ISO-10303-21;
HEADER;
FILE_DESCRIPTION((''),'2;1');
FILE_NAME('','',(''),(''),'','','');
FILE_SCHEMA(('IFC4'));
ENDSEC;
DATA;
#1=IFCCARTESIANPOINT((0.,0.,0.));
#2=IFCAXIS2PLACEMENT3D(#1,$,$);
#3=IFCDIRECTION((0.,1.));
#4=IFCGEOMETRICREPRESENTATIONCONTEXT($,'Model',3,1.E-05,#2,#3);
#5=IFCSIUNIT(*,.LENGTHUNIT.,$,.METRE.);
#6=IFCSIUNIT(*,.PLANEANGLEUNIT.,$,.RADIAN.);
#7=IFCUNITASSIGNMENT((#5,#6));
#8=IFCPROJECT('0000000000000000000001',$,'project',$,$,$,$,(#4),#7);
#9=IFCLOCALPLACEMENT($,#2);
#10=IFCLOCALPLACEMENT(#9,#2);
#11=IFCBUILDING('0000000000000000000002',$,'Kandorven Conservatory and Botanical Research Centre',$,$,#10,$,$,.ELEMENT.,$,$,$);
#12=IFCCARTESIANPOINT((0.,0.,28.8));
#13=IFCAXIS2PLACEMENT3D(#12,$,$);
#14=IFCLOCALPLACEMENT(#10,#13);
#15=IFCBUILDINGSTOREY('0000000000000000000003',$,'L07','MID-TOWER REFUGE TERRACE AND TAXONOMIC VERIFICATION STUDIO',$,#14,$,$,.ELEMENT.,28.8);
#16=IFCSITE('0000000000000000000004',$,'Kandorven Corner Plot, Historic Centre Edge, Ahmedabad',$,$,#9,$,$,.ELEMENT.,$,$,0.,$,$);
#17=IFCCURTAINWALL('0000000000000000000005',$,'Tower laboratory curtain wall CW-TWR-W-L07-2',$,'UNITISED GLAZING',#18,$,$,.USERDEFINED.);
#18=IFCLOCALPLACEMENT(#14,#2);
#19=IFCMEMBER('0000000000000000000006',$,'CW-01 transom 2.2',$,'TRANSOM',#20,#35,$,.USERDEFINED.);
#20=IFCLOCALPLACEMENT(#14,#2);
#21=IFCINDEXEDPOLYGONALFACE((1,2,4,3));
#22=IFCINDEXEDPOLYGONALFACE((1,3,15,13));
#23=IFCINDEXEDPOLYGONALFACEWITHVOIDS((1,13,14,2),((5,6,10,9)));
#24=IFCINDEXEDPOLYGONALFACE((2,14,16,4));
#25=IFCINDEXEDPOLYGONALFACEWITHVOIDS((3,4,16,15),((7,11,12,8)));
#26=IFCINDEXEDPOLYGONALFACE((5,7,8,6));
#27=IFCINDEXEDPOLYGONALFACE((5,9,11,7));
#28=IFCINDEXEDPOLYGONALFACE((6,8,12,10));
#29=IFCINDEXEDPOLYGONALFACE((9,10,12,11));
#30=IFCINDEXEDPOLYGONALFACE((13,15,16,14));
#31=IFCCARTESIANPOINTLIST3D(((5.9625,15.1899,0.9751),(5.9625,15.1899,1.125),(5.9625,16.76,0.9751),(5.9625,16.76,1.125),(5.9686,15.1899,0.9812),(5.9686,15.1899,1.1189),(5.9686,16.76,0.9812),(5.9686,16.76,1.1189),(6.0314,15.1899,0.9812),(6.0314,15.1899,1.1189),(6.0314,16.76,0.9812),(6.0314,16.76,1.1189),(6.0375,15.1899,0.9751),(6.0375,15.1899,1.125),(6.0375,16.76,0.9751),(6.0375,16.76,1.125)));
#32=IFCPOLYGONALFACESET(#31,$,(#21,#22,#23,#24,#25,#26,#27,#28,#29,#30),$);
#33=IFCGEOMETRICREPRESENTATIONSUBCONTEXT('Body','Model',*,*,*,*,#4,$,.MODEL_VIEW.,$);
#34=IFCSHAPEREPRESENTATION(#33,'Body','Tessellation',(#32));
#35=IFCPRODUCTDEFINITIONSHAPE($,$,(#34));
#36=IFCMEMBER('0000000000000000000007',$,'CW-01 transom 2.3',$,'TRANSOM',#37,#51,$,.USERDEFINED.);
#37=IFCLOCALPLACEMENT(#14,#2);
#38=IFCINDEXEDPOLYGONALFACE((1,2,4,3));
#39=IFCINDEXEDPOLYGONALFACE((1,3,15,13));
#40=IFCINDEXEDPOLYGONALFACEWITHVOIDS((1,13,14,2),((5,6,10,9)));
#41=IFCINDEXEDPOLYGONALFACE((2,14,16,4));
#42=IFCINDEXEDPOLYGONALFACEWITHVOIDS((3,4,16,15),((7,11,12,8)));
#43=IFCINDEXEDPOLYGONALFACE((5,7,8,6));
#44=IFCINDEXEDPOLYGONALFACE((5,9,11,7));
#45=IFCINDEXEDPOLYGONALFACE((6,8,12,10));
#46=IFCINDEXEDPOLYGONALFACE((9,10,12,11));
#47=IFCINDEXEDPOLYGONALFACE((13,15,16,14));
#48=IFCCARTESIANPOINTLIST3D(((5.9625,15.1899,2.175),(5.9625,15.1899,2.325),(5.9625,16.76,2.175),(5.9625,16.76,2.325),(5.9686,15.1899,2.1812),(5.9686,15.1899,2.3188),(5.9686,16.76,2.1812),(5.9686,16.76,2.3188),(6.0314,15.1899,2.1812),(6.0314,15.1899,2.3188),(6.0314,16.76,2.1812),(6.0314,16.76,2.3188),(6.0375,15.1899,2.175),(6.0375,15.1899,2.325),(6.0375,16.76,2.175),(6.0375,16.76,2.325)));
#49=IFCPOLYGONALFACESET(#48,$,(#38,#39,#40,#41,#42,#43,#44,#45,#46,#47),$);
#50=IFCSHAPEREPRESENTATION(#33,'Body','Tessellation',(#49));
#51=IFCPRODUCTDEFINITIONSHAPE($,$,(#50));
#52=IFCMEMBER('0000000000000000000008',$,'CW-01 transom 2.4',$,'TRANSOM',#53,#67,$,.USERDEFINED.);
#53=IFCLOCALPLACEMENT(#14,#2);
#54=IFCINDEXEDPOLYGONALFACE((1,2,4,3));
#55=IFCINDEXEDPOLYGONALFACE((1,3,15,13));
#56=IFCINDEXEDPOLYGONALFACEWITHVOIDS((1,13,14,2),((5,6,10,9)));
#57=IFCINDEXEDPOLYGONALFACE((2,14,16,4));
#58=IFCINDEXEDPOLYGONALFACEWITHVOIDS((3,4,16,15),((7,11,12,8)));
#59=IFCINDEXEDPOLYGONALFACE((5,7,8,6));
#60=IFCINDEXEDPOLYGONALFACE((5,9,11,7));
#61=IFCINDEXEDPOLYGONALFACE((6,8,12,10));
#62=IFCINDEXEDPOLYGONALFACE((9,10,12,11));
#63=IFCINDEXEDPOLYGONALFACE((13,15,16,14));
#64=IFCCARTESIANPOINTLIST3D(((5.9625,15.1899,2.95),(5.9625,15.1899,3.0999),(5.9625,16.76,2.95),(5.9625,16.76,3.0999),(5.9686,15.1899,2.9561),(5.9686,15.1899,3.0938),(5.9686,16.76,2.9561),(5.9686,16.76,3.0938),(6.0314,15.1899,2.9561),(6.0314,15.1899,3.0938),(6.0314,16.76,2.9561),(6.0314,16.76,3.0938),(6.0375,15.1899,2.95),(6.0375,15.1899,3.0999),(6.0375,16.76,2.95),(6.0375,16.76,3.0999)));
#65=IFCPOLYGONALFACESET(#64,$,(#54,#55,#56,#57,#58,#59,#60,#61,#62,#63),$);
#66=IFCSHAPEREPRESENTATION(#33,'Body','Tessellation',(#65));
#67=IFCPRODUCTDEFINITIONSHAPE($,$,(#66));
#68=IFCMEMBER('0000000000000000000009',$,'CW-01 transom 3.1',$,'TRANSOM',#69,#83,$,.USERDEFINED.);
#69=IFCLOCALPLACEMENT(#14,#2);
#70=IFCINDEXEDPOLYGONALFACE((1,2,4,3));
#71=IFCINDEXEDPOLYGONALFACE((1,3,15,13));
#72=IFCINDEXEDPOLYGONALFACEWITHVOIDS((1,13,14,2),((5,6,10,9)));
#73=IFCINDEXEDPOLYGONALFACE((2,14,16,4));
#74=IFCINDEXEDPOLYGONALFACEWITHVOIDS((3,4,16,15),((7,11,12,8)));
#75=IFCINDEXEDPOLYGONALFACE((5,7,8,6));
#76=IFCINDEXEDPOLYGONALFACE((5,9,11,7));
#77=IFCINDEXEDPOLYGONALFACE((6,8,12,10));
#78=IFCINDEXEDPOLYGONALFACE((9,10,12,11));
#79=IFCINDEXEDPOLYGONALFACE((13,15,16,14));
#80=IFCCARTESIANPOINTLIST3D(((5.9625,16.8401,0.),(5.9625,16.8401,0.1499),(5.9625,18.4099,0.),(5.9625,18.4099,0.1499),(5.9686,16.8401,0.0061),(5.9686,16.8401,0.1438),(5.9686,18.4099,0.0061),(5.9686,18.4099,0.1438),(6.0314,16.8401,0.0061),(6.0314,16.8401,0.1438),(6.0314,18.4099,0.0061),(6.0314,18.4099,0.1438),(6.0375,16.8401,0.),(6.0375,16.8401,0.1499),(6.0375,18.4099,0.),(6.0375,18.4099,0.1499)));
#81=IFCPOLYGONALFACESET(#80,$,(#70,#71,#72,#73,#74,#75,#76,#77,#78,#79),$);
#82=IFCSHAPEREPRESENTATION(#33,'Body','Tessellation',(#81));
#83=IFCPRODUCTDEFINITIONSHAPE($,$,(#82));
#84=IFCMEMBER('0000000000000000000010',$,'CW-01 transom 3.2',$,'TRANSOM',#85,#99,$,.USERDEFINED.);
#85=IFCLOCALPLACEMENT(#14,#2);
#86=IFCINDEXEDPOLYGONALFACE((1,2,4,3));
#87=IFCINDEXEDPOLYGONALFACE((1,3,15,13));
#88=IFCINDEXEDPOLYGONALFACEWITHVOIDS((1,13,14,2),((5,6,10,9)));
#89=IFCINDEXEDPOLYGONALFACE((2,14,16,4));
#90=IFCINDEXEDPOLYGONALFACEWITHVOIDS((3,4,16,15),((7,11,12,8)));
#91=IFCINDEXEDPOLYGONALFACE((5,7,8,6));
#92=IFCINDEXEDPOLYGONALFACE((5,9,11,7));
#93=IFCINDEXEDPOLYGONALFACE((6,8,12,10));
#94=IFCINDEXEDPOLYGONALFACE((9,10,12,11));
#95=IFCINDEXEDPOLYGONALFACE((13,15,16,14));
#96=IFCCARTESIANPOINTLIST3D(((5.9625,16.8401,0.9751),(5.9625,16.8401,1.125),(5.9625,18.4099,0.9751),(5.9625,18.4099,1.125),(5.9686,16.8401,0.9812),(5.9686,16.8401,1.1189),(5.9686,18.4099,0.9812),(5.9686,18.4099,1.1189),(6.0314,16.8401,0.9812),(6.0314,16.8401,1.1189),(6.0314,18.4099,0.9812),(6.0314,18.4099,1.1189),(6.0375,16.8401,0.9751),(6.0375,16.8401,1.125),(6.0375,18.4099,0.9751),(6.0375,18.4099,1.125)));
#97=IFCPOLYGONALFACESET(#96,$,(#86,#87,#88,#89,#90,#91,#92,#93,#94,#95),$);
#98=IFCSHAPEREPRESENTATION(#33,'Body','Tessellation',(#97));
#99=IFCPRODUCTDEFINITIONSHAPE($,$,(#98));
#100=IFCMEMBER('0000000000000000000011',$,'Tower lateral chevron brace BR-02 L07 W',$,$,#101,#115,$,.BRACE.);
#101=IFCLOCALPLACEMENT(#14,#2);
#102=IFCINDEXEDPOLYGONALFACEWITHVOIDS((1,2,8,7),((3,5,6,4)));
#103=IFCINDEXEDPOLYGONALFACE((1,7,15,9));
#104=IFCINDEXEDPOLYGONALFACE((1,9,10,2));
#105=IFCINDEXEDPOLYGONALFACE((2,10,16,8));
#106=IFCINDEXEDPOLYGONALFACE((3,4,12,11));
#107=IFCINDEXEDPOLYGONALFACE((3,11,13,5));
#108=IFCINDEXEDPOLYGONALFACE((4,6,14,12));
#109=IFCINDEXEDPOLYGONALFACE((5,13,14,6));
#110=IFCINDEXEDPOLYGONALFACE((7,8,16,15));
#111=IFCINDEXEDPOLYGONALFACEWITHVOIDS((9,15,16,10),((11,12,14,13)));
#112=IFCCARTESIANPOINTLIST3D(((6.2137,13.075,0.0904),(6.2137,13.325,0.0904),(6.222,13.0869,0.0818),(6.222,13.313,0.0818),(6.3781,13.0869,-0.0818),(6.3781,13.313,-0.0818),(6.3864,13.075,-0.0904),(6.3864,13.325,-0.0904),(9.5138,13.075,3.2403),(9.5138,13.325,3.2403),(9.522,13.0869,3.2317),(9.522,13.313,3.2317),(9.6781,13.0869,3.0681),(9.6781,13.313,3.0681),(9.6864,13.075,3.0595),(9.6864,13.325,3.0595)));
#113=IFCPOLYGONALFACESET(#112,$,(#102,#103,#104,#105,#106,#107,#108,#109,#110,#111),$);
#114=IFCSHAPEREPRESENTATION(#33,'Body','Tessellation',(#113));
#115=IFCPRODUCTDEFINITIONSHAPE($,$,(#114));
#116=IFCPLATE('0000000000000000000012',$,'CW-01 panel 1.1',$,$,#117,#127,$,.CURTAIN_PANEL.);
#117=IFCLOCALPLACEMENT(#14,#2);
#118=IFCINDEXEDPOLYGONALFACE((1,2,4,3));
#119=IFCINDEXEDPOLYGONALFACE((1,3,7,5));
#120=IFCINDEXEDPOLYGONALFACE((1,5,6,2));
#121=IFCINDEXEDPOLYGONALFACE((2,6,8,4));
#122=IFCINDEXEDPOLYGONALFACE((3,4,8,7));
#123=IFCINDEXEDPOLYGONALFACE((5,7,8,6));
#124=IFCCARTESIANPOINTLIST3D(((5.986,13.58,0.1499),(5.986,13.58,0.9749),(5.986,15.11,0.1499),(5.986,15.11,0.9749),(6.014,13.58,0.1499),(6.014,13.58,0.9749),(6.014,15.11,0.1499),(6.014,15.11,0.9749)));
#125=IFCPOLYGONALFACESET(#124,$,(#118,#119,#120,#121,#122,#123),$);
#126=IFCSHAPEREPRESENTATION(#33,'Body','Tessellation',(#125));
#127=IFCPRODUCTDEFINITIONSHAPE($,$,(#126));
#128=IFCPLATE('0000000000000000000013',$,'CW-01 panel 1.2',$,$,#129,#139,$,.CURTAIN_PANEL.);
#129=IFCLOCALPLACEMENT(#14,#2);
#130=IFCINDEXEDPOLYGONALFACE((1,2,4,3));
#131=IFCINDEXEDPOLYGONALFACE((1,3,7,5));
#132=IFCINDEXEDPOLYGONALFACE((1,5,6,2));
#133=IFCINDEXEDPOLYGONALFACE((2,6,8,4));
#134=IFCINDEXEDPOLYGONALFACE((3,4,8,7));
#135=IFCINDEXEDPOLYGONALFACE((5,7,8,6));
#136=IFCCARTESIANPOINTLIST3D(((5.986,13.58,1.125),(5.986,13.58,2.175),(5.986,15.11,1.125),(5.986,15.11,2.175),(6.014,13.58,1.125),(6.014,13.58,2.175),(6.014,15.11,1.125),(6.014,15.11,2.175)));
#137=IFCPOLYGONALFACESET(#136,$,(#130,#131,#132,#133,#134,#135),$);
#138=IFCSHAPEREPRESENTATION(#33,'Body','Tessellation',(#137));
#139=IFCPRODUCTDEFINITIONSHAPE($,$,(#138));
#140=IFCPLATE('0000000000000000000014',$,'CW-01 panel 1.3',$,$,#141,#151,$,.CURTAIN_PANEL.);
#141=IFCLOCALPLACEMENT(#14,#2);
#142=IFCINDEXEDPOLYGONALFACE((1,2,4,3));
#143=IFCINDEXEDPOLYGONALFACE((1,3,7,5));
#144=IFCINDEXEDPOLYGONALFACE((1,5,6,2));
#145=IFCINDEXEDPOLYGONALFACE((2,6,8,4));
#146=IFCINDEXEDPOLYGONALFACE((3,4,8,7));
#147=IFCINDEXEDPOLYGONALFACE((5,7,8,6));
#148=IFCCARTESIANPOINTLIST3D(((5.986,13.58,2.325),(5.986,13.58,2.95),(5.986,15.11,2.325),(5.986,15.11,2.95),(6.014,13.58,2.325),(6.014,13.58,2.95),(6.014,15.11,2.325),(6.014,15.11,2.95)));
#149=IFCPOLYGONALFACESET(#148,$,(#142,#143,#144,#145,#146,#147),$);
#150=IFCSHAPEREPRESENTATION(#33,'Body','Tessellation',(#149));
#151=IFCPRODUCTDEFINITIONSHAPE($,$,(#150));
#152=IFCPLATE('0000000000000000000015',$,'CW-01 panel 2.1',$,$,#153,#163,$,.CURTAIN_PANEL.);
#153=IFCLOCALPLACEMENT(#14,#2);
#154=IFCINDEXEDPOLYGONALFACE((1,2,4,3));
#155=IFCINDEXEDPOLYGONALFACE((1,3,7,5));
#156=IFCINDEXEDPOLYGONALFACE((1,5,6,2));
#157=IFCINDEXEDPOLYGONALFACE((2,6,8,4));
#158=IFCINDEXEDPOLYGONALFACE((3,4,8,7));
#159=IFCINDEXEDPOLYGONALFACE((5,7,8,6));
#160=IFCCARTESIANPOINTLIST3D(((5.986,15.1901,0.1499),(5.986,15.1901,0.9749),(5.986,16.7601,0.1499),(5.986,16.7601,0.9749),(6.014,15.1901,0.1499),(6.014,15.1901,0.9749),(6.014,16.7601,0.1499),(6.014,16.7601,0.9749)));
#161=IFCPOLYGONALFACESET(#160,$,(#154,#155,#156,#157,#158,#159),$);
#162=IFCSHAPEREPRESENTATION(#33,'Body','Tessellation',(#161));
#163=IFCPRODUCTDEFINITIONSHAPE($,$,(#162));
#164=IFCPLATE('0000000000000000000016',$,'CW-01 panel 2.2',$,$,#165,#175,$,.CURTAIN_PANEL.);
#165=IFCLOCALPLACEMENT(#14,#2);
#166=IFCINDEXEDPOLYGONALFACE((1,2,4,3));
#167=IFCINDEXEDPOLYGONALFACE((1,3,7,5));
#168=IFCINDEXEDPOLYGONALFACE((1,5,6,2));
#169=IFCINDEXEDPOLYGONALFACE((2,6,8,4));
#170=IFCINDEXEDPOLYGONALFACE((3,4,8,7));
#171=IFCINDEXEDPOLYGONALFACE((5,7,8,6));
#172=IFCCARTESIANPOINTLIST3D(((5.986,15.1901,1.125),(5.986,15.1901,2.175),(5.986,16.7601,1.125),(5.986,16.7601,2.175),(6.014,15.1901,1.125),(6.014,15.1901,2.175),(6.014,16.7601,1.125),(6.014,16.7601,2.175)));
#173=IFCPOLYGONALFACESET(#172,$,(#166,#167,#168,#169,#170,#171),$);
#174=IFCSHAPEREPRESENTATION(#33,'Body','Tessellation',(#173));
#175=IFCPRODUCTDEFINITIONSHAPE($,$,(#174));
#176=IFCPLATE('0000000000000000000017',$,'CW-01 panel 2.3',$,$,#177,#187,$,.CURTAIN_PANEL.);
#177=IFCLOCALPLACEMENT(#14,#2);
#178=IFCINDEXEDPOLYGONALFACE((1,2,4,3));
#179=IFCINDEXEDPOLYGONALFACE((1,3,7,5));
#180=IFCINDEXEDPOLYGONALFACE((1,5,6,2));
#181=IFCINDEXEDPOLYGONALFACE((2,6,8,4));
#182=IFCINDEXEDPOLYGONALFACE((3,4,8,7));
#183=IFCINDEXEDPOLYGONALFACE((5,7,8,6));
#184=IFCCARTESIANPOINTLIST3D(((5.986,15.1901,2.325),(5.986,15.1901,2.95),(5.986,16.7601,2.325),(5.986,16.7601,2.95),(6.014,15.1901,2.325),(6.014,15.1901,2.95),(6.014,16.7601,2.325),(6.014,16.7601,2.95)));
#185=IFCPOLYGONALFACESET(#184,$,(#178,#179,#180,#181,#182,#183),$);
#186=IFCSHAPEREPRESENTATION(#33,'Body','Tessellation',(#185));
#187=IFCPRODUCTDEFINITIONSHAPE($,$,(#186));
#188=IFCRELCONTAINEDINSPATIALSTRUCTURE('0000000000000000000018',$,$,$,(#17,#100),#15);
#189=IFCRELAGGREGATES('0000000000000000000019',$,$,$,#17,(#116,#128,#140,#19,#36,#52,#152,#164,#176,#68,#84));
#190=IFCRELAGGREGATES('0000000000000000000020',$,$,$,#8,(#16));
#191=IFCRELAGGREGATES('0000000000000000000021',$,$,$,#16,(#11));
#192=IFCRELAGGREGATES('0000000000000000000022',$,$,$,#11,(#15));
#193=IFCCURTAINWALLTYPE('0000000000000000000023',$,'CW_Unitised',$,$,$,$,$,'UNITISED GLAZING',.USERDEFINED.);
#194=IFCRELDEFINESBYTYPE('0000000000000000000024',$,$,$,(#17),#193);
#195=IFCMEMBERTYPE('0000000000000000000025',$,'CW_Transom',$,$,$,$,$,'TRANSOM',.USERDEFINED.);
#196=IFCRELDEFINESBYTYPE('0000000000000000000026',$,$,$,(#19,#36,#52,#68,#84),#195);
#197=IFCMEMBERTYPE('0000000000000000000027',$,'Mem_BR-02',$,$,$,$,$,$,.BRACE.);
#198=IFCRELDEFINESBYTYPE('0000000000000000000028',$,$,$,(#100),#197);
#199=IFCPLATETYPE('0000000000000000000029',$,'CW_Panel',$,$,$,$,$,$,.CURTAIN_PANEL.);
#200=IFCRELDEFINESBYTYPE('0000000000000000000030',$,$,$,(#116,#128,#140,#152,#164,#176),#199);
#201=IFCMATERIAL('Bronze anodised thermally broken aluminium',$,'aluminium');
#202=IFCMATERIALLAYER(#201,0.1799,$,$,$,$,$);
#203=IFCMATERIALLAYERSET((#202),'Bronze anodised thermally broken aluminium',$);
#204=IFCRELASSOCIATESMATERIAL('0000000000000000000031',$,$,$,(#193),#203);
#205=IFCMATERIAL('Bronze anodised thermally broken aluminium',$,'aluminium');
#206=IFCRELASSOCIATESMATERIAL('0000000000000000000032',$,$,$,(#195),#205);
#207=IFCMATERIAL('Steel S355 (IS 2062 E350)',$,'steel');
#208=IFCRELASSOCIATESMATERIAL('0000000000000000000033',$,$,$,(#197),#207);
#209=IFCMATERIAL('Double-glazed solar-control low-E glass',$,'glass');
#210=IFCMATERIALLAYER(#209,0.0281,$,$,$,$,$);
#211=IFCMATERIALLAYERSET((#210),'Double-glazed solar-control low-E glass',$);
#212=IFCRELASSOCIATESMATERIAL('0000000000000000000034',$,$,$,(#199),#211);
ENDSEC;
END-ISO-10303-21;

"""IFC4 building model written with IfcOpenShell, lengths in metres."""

from ifc_helpers import new_model, si_unit, direction, frame, origin, origin_2d, place, context, subcontext, project, spatial, rectangle, hollow_rectangle, extrude, material, layer, layer_set, material_profile, profile_set, type_object, element, aggregate, save


model = new_model("IFC4")

# Units and contexts
model_context = context("Model", 3, precision=1e-05, world=origin(), true_north=direction((0.0, 1.0)))
body_context = subcontext(model_context, "Body", "Model", "MODEL_VIEW")
ifc_project = project(units=[si_unit("LENGTHUNIT", "METRE"), si_unit("PLANEANGLEUNIT", "RADIAN")], contexts=[model_context])

# Site, building, storey
site_placement = place(None, origin())
site = spatial("IfcSite", under=ifc_project, at=site_placement, Name="Kandorven Corner Plot, Historic Centre Edge, Ahmedabad", CompositionType="ELEMENT", RefElevation=0.0)
building_placement = place(site_placement, origin())
building = spatial("IfcBuilding", under=site, at=building_placement, Name="Kandorven Conservatory and Botanical Research Centre", CompositionType="ELEMENT")
storey_placement = place(building_placement, frame((0.0, 0.0, 28.8)))
storey = spatial("IfcBuildingStorey", under=building, at=storey_placement, Name="L07", Description="MID-TOWER REFUGE TERRACE AND TAXONOMIC VERIFICATION STUDIO", CompositionType="ELEMENT", Elevation=28.8)

# Curtain wall, members
ifc_material_1 = material(Name="Bronze anodised thermally broken aluminium", Category="aluminium")
ifc_layer_1 = layer(ifc_material_1, 0.1799)
ifc_layer_set_1 = layer_set([ifc_layer_1], Name="Bronze anodised thermally broken aluminium")
curtain_wall_type = type_object("IfcCurtainWallType", Name="CW_Unitised", ElementType="UNITISED GLAZING", PredefinedType="USERDEFINED", material=ifc_layer_set_1)
curtain_wall_placement = place(storey_placement, origin())
curtain_wall = element("IfcCurtainWall", 1, at=curtain_wall_placement, inside=storey, type_object=curtain_wall_type, Name="Tower laboratory curtain wall CW-TWR-W-L07-2", ObjectType="UNITISED GLAZING", PredefinedType="USERDEFINED")
ifc_material_2 = material(Name="Bronze anodised thermally broken aluminium", Category="aluminium")
ifc_material_profile_1 = material_profile(ifc_material_2, hollow_rectangle(XDim=0.075, YDim=0.1499, WallThickness=0.0061, at=origin_2d()))
ifc_profile_set_1 = profile_set([ifc_material_profile_1], Name="Bronze anodised thermally broken aluminium")
member_type_1 = type_object("IfcMemberType", Name="CW_Transom", ElementType="TRANSOM", PredefinedType="USERDEFINED", material=ifc_profile_set_1)
member_1_placement = place(storey_placement, frame((6.0, 15.1899, 1.05), z_axis=(0.0, 1.0, 0.0), x_axis=(-1.0, 0.0, 0.0)))
member_1 = element("IfcMember", 2, at=member_1_placement, type_object=member_type_1, Name="CW-01 transom 2.2", ObjectType="TRANSOM", PredefinedType="USERDEFINED", context=body_context, shape_type="SweptSolid", body=[
    extrude(hollow_rectangle(XDim=0.075, YDim=0.1499, WallThickness=0.0061, at=origin_2d()), origin(), (0.0, 0.0, 1.0), 1.5701),
])
member_2_placement = place(storey_placement, frame((6.0, 15.1899, 2.25), z_axis=(0.0, 1.0, 0.0), x_axis=(-1.0, 0.0, 0.0)))
member_2 = element("IfcMember", 3, at=member_2_placement, type_object=member_type_1, Name="CW-01 transom 2.3", ObjectType="TRANSOM", PredefinedType="USERDEFINED", context=body_context, shape_type="SweptSolid", body=[
    extrude(hollow_rectangle(XDim=0.075, YDim=0.1499, WallThickness=0.0061, at=origin_2d()), origin(), (0.0, 0.0, 1.0), 1.5701),
])
member_3_placement = place(storey_placement, frame((6.0, 15.1899, 3.0249), z_axis=(0.0, 1.0, 0.0), x_axis=(-1.0, 0.0, 0.0)))
member_3 = element("IfcMember", 4, at=member_3_placement, type_object=member_type_1, Name="CW-01 transom 2.4", ObjectType="TRANSOM", PredefinedType="USERDEFINED", context=body_context, shape_type="SweptSolid", body=[
    extrude(hollow_rectangle(XDim=0.075, YDim=0.1499, WallThickness=0.0061, at=origin_2d()), origin(), (0.0, 0.0, 1.0), 1.5701),
])
member_4_placement = place(storey_placement, frame((6.0, 16.8401, 0.075), z_axis=(0.0, 1.0, 0.0), x_axis=(-1.0, 0.0, 0.0)))
member_4 = element("IfcMember", 5, at=member_4_placement, type_object=member_type_1, Name="CW-01 transom 3.1", ObjectType="TRANSOM", PredefinedType="USERDEFINED", context=body_context, shape_type="SweptSolid", body=[
    extrude(hollow_rectangle(XDim=0.075, YDim=0.1499, WallThickness=0.0061, at=origin_2d()), origin(), (0.0, 0.0, 1.0), 1.5698),
])
member_5_placement = place(storey_placement, frame((6.0, 16.8401, 1.05), z_axis=(0.0, 1.0, 0.0), x_axis=(-1.0, 0.0, 0.0)))
member_5 = element("IfcMember", 6, at=member_5_placement, type_object=member_type_1, Name="CW-01 transom 3.2", ObjectType="TRANSOM", PredefinedType="USERDEFINED", context=body_context, shape_type="SweptSolid", body=[
    extrude(hollow_rectangle(XDim=0.075, YDim=0.1499, WallThickness=0.0061, at=origin_2d()), origin(), (0.0, 0.0, 1.0), 1.5698),
])

# Member
ifc_material_3 = material(Name="Steel S355 (IS 2062 E350)", Category="steel")
ifc_material_profile_2 = material_profile(ifc_material_3, hollow_rectangle(XDim=0.25, YDim=0.25, WallThickness=0.012, at=origin_2d()))
ifc_profile_set_2 = profile_set([ifc_material_profile_2], Name="Steel S355 (IS 2062 E350)")
member_type_2 = type_object("IfcMemberType", Name="Mem_BR-02", PredefinedType="BRACE", material=ifc_profile_set_2)
member_6_placement = place(storey_placement, frame((6.3, 13.2, 0.0), z_axis=(0.723371, 0.0, 0.690459), x_axis=(0.0, 1.0, 0.0)))
element("IfcMember", 7, at=member_6_placement, inside=storey, type_object=member_type_2, Name="Tower lateral chevron brace BR-02 L07 W", PredefinedType="BRACE", context=body_context, shape_type="SweptSolid", body=[
    extrude(hollow_rectangle(XDim=0.25, YDim=0.25, WallThickness=0.012, at=origin_2d()), origin(), (0.0, 0.0, 1.0), 4.562),
])

# Plates
ifc_material_4 = material(Name="Double-glazed solar-control low-E glass", Category="glass")
ifc_layer_2 = layer(ifc_material_4, 0.0281)
ifc_layer_set_2 = layer_set([ifc_layer_2], Name="Double-glazed solar-control low-E glass")
plate_type_1 = type_object("IfcPlateType", Name="CW_Panel", PredefinedType="CURTAIN_PANEL", material=ifc_layer_set_2)
plate_1_placement = place(storey_placement, frame((6.0, 14.345, 0.1499), z_axis=(0.0, 0.0, 1.0), x_axis=(0.0, 1.0, 0.0)))
plate_1 = element("IfcPlate", 8, at=plate_1_placement, type_object=plate_type_1, Name="CW-01 panel 1.1", PredefinedType="CURTAIN_PANEL", context=body_context, shape_type="SweptSolid", body=[
    extrude(rectangle(XDim=1.53, YDim=0.0281, at=origin_2d()), origin(), (0.0, 0.0, 1.0), 0.825),
])
plate_2_placement = place(storey_placement, frame((6.0, 14.345, 1.125), z_axis=(0.0, 0.0, 1.0), x_axis=(0.0, 1.0, 0.0)))
plate_2 = element("IfcPlate", 9, at=plate_2_placement, type_object=plate_type_1, Name="CW-01 panel 1.2", PredefinedType="CURTAIN_PANEL", context=body_context, shape_type="SweptSolid", body=[
    extrude(rectangle(XDim=1.53, YDim=0.0281, at=origin_2d()), origin(), (0.0, 0.0, 1.0), 1.05),
])
plate_3_placement = place(storey_placement, frame((6.0, 14.345, 2.325), z_axis=(0.0, 0.0, 1.0), x_axis=(0.0, 1.0, 0.0)))
plate_3 = element("IfcPlate", 10, at=plate_3_placement, type_object=plate_type_1, Name="CW-01 panel 1.3", PredefinedType="CURTAIN_PANEL", context=body_context, shape_type="SweptSolid", body=[
    extrude(rectangle(XDim=1.53, YDim=0.0281, at=origin_2d()), origin(), (0.0, 0.0, 1.0), 0.625),
])
plate_4_placement = place(storey_placement, frame((6.0, 15.9751, 0.1499), z_axis=(0.0, 0.0, 1.0), x_axis=(0.0, 1.0, 0.0)))
plate_4 = element("IfcPlate", 11, at=plate_4_placement, type_object=plate_type_1, Name="CW-01 panel 2.1", PredefinedType="CURTAIN_PANEL", context=body_context, shape_type="SweptSolid", body=[
    extrude(rectangle(XDim=1.5701, YDim=0.0281, at=origin_2d()), origin(), (0.0, 0.0, 1.0), 0.825),
])
plate_5_placement = place(storey_placement, frame((6.0, 15.9751, 1.125), z_axis=(0.0, 0.0, 1.0), x_axis=(0.0, 1.0, 0.0)))
plate_5 = element("IfcPlate", 12, at=plate_5_placement, type_object=plate_type_1, Name="CW-01 panel 2.2", PredefinedType="CURTAIN_PANEL", context=body_context, shape_type="SweptSolid", body=[
    extrude(rectangle(XDim=1.5701, YDim=0.0281, at=origin_2d()), origin(), (0.0, 0.0, 1.0), 1.05),
])
plate_6_placement = place(storey_placement, frame((6.0, 15.9751, 2.325), z_axis=(0.0, 0.0, 1.0), x_axis=(0.0, 1.0, 0.0)))
plate_6 = element("IfcPlate", 13, at=plate_6_placement, type_object=plate_type_1, Name="CW-01 panel 2.3", PredefinedType="CURTAIN_PANEL", context=body_context, shape_type="SweptSolid", body=[
    extrude(rectangle(XDim=1.5701, YDim=0.0281, at=origin_2d()), origin(), (0.0, 0.0, 1.0), 0.625),
])
aggregate(curtain_wall, [plate_1, plate_2, plate_3, member_1, member_2, member_3, plate_4, plate_5, plate_6, member_4, member_5])

save(model, "model.ifc")
